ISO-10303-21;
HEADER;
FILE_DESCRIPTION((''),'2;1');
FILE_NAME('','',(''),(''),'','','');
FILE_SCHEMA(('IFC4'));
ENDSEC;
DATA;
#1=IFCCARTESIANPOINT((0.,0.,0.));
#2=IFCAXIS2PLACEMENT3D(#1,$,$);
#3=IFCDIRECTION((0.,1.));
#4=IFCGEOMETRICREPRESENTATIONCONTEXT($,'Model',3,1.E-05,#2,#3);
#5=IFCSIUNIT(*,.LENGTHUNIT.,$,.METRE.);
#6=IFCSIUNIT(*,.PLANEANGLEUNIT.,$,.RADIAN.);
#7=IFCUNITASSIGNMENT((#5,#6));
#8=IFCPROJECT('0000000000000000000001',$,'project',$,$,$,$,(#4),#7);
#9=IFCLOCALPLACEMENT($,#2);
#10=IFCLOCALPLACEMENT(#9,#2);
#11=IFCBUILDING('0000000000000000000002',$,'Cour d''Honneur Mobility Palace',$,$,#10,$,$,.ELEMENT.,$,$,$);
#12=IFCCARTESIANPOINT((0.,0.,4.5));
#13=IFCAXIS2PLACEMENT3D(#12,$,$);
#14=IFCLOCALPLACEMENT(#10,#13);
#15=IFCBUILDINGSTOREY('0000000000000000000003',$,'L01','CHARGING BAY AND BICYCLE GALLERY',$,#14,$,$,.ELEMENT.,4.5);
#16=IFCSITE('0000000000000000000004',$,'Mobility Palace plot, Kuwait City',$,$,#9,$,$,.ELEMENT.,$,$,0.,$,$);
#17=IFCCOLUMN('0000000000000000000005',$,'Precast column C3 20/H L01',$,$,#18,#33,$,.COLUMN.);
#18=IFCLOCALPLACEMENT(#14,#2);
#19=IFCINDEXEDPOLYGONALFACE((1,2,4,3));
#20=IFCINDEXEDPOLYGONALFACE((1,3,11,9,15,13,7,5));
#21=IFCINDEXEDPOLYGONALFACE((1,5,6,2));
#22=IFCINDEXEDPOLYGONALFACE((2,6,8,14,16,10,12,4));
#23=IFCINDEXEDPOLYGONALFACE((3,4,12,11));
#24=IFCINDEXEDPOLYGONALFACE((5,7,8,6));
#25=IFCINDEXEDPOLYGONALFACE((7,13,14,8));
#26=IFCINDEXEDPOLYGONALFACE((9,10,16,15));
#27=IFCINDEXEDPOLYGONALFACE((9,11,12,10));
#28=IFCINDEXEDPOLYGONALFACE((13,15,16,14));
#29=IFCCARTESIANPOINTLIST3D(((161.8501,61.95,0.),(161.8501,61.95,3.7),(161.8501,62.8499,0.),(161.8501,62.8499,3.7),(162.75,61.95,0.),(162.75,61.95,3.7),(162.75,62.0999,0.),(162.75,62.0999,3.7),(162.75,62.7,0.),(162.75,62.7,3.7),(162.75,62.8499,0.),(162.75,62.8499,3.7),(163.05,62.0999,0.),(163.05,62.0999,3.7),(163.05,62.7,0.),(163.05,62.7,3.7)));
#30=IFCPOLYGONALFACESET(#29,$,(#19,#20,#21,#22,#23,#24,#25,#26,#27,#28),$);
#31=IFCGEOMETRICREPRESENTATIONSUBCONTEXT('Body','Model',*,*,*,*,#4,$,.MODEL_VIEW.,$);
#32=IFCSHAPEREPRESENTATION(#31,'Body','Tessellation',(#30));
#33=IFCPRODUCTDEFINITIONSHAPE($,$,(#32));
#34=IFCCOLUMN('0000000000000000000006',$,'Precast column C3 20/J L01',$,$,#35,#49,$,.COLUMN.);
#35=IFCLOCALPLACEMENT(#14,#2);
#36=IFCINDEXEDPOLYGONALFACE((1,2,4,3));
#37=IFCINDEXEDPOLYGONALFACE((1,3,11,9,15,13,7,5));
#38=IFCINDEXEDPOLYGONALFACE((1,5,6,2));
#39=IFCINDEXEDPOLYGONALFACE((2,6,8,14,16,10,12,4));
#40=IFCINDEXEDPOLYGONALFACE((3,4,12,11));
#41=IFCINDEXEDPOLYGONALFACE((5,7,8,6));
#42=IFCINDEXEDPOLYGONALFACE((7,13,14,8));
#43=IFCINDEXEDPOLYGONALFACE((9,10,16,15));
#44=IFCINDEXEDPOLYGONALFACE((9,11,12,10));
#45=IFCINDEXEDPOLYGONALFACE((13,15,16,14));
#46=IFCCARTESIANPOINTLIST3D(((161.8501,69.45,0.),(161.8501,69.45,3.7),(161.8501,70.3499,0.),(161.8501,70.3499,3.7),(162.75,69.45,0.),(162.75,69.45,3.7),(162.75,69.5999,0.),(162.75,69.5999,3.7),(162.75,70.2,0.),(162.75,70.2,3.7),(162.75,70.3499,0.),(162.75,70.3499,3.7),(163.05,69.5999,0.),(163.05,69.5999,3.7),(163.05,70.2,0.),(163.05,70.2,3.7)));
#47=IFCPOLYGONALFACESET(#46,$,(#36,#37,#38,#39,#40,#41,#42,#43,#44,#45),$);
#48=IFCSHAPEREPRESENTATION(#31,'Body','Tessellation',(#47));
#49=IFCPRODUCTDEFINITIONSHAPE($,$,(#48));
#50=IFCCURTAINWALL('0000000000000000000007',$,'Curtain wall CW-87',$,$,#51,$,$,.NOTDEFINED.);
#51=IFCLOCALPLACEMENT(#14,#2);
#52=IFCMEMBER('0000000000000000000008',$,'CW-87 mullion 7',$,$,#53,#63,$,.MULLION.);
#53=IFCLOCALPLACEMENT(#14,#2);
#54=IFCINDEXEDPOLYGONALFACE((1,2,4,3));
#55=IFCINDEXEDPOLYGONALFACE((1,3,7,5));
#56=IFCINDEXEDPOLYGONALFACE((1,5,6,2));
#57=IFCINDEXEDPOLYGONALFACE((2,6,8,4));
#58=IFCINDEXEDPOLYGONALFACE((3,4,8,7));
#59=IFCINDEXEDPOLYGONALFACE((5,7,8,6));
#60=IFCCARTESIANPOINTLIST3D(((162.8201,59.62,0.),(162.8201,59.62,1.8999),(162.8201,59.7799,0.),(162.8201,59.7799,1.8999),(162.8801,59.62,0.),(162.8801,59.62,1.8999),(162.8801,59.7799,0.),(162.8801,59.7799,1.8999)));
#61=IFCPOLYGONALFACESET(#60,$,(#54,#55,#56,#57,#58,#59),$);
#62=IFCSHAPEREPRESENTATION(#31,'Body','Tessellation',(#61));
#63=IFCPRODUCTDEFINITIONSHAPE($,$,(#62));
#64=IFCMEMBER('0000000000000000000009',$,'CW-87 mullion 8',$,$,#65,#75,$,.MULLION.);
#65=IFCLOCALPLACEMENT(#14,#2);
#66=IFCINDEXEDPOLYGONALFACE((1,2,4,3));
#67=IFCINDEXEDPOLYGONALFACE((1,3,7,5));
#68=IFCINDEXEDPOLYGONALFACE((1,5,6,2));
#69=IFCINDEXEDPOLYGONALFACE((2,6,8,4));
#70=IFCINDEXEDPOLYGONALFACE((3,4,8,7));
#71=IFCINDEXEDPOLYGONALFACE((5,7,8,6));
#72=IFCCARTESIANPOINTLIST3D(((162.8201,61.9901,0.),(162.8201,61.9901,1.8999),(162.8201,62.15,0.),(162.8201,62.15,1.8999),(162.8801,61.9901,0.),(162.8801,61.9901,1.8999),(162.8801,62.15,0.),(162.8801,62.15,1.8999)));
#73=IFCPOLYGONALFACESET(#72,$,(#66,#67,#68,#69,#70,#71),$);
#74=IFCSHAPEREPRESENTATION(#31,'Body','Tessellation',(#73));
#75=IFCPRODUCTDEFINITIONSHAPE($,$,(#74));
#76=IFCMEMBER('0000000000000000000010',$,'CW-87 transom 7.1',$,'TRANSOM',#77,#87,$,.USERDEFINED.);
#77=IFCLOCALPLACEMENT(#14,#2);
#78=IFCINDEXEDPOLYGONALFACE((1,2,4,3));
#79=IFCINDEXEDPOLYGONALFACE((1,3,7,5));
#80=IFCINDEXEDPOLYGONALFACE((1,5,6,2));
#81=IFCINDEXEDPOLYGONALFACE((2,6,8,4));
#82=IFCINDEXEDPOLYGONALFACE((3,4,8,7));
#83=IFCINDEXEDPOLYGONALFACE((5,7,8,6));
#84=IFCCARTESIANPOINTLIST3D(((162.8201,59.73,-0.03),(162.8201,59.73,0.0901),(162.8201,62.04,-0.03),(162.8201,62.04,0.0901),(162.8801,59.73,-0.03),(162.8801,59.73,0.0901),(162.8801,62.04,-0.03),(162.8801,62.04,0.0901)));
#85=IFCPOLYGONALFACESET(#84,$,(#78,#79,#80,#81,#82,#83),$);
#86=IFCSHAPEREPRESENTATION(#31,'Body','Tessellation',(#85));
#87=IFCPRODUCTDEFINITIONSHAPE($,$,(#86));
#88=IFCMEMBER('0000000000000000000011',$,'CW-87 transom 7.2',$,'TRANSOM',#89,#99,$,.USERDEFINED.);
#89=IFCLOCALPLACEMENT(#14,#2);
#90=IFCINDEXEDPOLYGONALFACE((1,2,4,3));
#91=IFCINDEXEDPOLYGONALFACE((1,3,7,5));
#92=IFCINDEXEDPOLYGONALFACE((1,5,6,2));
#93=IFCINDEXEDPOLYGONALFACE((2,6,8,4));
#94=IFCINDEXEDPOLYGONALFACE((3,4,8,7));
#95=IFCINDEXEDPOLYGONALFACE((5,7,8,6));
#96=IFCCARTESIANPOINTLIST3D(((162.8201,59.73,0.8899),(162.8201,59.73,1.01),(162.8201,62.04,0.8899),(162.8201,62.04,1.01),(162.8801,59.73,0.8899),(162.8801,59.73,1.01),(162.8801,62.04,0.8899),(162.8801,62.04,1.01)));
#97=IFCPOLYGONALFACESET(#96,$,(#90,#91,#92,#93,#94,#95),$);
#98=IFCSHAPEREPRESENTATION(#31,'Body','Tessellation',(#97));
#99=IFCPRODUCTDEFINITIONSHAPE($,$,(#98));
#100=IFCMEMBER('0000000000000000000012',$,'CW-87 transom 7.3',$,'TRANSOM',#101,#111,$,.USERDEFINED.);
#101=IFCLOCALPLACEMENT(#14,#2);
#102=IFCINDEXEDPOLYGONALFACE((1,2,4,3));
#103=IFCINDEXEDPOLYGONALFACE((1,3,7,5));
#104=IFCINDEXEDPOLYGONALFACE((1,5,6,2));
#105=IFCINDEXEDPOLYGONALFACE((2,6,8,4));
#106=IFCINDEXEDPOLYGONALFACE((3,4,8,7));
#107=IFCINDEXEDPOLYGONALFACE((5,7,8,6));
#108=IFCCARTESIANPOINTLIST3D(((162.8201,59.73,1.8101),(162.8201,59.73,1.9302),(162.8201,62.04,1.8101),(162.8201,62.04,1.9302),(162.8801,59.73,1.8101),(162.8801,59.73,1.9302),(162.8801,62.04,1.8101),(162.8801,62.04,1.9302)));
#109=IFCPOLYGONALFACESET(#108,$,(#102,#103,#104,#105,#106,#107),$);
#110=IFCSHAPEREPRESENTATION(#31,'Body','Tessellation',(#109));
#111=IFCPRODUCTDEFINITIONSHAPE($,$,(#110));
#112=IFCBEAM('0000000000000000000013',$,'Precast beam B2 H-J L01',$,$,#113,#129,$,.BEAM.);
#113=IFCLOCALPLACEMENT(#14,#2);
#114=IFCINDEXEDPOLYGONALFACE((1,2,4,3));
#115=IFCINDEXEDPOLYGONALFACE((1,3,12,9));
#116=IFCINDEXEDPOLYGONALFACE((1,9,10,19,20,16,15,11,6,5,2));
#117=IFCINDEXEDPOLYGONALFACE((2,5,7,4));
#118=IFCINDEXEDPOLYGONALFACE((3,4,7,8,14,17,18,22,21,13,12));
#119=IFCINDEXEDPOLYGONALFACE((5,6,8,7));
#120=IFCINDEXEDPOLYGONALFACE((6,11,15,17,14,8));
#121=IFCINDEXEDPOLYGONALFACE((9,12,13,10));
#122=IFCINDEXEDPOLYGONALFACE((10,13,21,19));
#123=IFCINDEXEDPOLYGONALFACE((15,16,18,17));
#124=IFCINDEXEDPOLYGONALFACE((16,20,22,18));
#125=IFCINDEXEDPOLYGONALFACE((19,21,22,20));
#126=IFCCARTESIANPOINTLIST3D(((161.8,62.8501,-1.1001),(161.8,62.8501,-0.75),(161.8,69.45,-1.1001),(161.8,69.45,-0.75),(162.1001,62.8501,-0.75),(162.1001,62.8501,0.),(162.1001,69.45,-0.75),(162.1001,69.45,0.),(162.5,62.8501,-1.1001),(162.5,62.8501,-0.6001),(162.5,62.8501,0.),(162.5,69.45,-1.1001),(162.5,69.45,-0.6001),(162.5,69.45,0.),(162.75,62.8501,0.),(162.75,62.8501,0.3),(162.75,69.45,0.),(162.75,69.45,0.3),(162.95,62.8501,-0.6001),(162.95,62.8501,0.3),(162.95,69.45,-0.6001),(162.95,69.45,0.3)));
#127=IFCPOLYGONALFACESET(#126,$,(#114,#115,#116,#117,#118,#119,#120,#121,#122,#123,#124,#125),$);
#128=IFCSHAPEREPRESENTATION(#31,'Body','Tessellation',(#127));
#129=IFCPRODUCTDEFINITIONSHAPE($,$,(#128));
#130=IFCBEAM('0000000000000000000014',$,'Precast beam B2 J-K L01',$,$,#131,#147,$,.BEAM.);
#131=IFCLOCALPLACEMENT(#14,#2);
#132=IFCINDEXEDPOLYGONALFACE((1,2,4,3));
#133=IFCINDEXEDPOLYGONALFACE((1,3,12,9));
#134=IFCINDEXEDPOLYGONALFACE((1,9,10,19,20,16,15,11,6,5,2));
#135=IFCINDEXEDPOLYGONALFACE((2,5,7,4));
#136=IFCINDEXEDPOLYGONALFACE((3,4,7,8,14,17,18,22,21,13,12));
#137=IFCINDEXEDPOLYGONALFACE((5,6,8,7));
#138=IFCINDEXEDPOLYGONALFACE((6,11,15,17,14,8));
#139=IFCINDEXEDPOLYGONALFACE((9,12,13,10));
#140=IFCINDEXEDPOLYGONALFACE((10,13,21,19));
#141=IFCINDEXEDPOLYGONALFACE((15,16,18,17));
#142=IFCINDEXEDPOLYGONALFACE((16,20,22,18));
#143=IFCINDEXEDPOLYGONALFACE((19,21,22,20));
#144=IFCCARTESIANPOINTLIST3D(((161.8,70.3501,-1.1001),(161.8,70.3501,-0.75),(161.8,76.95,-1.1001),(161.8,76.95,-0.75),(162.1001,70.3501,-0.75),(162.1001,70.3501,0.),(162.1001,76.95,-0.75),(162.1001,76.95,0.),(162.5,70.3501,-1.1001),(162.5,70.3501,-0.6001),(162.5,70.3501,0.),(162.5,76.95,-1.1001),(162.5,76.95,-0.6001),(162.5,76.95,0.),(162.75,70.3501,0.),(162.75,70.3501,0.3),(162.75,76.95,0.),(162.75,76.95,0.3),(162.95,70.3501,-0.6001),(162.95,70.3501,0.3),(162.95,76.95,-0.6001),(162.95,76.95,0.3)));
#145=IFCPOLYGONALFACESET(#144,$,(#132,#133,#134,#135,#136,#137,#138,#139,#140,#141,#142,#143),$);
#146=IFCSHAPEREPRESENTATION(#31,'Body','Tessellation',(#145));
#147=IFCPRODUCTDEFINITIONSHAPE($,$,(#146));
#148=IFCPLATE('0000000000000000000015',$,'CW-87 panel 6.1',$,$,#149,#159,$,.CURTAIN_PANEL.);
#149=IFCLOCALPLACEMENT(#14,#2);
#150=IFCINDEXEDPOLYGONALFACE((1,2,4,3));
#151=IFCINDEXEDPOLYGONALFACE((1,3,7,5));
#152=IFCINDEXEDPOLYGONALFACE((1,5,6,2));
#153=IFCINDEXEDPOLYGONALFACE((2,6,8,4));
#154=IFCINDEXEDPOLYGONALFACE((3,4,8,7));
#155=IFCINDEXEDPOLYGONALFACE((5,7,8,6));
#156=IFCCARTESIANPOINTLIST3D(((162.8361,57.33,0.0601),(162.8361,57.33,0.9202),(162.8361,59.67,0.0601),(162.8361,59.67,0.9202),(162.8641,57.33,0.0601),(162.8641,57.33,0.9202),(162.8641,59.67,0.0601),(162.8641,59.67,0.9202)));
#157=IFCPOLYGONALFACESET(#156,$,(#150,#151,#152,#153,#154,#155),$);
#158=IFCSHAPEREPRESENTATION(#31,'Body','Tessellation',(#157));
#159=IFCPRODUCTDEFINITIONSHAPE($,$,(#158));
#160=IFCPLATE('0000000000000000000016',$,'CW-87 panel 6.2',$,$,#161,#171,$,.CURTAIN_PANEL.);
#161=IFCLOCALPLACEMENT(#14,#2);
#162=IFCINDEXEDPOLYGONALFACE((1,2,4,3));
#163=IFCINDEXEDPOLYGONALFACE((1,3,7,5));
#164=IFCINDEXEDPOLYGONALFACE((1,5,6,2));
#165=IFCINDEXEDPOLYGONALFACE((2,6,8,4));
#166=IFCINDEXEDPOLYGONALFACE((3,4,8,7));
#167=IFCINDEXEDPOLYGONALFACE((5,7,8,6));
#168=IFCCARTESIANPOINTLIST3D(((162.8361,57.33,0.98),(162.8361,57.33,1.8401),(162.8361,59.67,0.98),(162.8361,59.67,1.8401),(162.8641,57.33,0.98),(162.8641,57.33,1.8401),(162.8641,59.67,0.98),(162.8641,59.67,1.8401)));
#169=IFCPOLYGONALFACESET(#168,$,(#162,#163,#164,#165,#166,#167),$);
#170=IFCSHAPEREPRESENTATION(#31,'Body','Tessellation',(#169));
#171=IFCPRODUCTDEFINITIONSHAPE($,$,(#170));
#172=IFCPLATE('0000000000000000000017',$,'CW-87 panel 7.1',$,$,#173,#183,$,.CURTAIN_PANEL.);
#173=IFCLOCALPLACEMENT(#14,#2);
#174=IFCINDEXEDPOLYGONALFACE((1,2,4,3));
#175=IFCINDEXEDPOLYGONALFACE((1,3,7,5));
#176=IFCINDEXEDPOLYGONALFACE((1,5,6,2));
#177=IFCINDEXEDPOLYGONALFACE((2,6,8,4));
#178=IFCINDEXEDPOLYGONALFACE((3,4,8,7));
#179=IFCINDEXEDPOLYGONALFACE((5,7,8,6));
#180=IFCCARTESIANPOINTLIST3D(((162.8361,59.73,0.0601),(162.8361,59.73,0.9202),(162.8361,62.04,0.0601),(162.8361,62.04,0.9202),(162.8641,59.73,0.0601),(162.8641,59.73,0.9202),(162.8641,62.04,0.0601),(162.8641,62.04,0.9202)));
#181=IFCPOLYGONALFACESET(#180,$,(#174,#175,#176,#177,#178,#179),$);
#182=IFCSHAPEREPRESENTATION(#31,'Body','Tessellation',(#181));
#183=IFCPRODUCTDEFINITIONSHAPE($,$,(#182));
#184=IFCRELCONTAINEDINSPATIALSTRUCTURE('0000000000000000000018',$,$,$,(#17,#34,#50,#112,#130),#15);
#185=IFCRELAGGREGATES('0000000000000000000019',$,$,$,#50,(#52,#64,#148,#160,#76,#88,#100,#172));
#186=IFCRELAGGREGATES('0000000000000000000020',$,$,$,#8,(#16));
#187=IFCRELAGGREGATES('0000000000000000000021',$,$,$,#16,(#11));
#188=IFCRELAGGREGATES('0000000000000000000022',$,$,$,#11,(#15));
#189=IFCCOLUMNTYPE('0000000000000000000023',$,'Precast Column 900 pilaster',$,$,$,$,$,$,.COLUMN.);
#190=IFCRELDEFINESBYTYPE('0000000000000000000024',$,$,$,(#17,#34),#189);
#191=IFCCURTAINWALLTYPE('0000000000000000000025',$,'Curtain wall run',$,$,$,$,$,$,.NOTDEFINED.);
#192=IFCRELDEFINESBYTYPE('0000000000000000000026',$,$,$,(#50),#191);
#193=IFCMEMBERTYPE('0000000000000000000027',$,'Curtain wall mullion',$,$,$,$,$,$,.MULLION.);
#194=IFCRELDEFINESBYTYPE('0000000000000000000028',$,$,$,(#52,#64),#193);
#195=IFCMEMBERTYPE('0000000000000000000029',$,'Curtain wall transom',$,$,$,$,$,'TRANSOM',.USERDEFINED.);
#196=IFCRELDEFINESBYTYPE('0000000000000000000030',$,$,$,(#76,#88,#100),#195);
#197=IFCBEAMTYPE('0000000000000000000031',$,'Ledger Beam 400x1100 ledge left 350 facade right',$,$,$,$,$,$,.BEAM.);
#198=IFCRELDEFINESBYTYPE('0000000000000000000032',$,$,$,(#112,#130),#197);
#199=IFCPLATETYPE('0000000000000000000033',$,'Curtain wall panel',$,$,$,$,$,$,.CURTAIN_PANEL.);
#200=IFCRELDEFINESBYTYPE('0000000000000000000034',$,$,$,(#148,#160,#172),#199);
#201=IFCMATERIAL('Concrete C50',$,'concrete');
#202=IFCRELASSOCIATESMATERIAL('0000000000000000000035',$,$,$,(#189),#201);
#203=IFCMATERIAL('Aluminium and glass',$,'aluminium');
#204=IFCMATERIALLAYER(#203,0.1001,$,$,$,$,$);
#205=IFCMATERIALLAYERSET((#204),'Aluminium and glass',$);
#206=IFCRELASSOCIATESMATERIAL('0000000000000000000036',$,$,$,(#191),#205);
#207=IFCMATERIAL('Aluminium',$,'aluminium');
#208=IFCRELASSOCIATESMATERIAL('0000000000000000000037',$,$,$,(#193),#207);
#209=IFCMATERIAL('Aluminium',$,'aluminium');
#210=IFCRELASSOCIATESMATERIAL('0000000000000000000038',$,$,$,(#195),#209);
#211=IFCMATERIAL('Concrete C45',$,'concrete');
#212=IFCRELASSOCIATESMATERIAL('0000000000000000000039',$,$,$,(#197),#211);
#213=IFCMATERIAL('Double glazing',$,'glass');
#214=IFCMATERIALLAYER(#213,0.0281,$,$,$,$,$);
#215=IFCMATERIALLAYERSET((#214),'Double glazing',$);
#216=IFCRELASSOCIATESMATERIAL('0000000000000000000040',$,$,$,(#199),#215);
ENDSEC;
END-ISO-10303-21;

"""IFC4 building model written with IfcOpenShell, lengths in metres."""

from ifc_helpers import new_model, si_unit, direction, frame, origin, origin_2d, place, context, subcontext, project, spatial, polyline, rectangle, outline, extrude, material, layer, layer_set, material_profile, profile_set, type_object, element, aggregate, save


model = new_model("IFC4")

# Units and contexts
model_context = context("Model", 3, precision=1e-05, world=origin(), true_north=direction((0.0, 1.0)))
body_context = subcontext(model_context, "Body", "Model", "MODEL_VIEW")
ifc_project = project(units=[si_unit("LENGTHUNIT", "METRE"), si_unit("PLANEANGLEUNIT", "RADIAN")], contexts=[model_context])

# Site, building, storey
site_placement = place(None, origin())
site = spatial("IfcSite", under=ifc_project, at=site_placement, Name="Mobility Palace plot, Kuwait City", CompositionType="ELEMENT", RefElevation=0.0)
building_placement = place(site_placement, origin())
building = spatial("IfcBuilding", under=site, at=building_placement, Name="Cour d'Honneur Mobility Palace", CompositionType="ELEMENT")
storey_placement = place(building_placement, frame((0.0, 0.0, 4.5)))
storey = spatial("IfcBuildingStorey", under=building, at=storey_placement, Name="L01", Description="CHARGING BAY AND BICYCLE GALLERY", CompositionType="ELEMENT", Elevation=4.5)

# Columns
ifc_material_1 = material(Name="Concrete C50", Category="concrete")
ifc_material_profile_1 = material_profile(ifc_material_1, outline(polyline([(-0.45, -0.45), (0.45, -0.45), (0.45, -0.3), (0.75, -0.3), (0.75, 0.3), (0.45, 0.3), (0.45, 0.45), (-0.45, 0.45), (-0.45, -0.45)])), Name="PC C900 pilaster")
ifc_profile_set_1 = profile_set([ifc_material_profile_1], Name="Concrete C50")
column_type = type_object("IfcColumnType", Name="Precast Column 900 pilaster", PredefinedType="COLUMN", material=ifc_profile_set_1)
for number, where, z_axis, x_axis, name in (
    (1, (162.3, 62.3999, 0.0), (0.0, 0.0, 1.0), (1.0, 0.0, 0.0), "Precast column C3 20/H L01"),
    (2, (162.3, 69.8999, 0.0), (0.0, 0.0, 1.0), (1.0, 0.0, 0.0), "Precast column C3 20/J L01"),
):
    element("IfcColumn", number, at=place(storey_placement, frame(where, z_axis=z_axis, x_axis=x_axis)), inside=storey, type_object=column_type, Name=name, PredefinedType="COLUMN", context=body_context, shape_type="SweptSolid", body=[
        extrude(outline(polyline([(-0.45, -0.45), (0.45, -0.45), (0.45, -0.3), (0.75, -0.3), (0.75, 0.3), (0.45, 0.3), (0.45, 0.45), (-0.45, 0.45), (-0.45, -0.45)])), origin(), (0.0, 0.0, 1.0), 3.7),
    ])

# Curtain wall, members
ifc_material_2 = material(Name="Aluminium and glass", Category="aluminium")
ifc_layer_1 = layer(ifc_material_2, 0.1001)
ifc_layer_set_1 = layer_set([ifc_layer_1], Name="Aluminium and glass")
curtain_wall_type = type_object("IfcCurtainWallType", Name="Curtain wall run", PredefinedType="NOTDEFINED", material=ifc_layer_set_1)
curtain_wall_placement = place(storey_placement, origin())
curtain_wall = element("IfcCurtainWall", 3, at=curtain_wall_placement, inside=storey, type_object=curtain_wall_type, Name="Curtain wall CW-87", PredefinedType="NOTDEFINED")
ifc_material_3 = material(Name="Aluminium", Category="aluminium")
ifc_material_profile_2 = material_profile(ifc_material_3, rectangle(XDim=0.0601, YDim=0.1599, at=origin_2d()), Name="Curtain wall mullion")
ifc_profile_set_2 = profile_set([ifc_material_profile_2], Name="Aluminium")
member_type_1 = type_object("IfcMemberType", Name="Curtain wall mullion", PredefinedType="MULLION", material=ifc_profile_set_2)
member_1_placement = place(storey_placement, frame((162.8501, 59.7, 0.0), z_axis=(0.0, 0.0, 1.0), x_axis=(-1.0, 0.0, 0.0)))
member_1 = element("IfcMember", 4, at=member_1_placement, type_object=member_type_1, Name="CW-87 mullion 7", PredefinedType="MULLION", context=body_context, shape_type="SweptSolid", body=[
    extrude(rectangle(XDim=0.0601, YDim=0.1599, at=origin_2d()), origin(), (0.0, 0.0, 1.0), 1.8999),
])
member_2_placement = place(storey_placement, frame((162.8501, 62.0701, 0.0), z_axis=(0.0, 0.0, 1.0), x_axis=(-1.0, 0.0, 0.0)))
member_2 = element("IfcMember", 5, at=member_2_placement, type_object=member_type_1, Name="CW-87 mullion 8", PredefinedType="MULLION", context=body_context, shape_type="SweptSolid", body=[
    extrude(rectangle(XDim=0.0601, YDim=0.1599, at=origin_2d()), origin(), (0.0, 0.0, 1.0), 1.8999),
])
ifc_material_4 = material(Name="Aluminium", Category="aluminium")
ifc_material_profile_3 = material_profile(ifc_material_4, rectangle(XDim=0.0601, YDim=0.1201, at=origin_2d()), Name="Curtain wall transom")
ifc_profile_set_3 = profile_set([ifc_material_profile_3], Name="Aluminium")
member_type_2 = type_object("IfcMemberType", Name="Curtain wall transom", ElementType="TRANSOM", PredefinedType="USERDEFINED", material=ifc_profile_set_3)
member_3_placement = place(storey_placement, frame((162.8501, 59.73, 0.03), z_axis=(0.0, 1.0, 0.0), x_axis=(-1.0, 0.0, 0.0)))
member_3 = element("IfcMember", 6, at=member_3_placement, type_object=member_type_2, Name="CW-87 transom 7.1", ObjectType="TRANSOM", PredefinedType="USERDEFINED", context=body_context, shape_type="SweptSolid", body=[
    extrude(rectangle(XDim=0.0601, YDim=0.1201, at=origin_2d()), origin(), (0.0, 0.0, 1.0), 2.3101),
])
member_4_placement = place(storey_placement, frame((162.8501, 59.73, 0.95), z_axis=(0.0, 1.0, 0.0), x_axis=(-1.0, 0.0, 0.0)))
member_4 = element("IfcMember", 7, at=member_4_placement, type_object=member_type_2, Name="CW-87 transom 7.2", ObjectType="TRANSOM", PredefinedType="USERDEFINED", context=body_context, shape_type="SweptSolid", body=[
    extrude(rectangle(XDim=0.0601, YDim=0.1201, at=origin_2d()), origin(), (0.0, 0.0, 1.0), 2.3101),
])
member_5_placement = place(storey_placement, frame((162.8501, 59.73, 1.8701), z_axis=(0.0, 1.0, 0.0), x_axis=(-1.0, 0.0, 0.0)))
member_5 = element("IfcMember", 8, at=member_5_placement, type_object=member_type_2, Name="CW-87 transom 7.3", ObjectType="TRANSOM", PredefinedType="USERDEFINED", context=body_context, shape_type="SweptSolid", body=[
    extrude(rectangle(XDim=0.0601, YDim=0.1201, at=origin_2d()), origin(), (0.0, 0.0, 1.0), 2.3101),
])

# Beams
ifc_material_5 = material(Name="Concrete C45", Category="concrete")
ifc_material_profile_4 = material_profile(ifc_material_5, outline(polyline([(0.5, -1.1001), (0.5, -0.75), (0.2, -0.75), (0.2, 0.0), (-0.2, 0.0), (-0.45, 0.0), (-0.45, 0.3), (-0.6499, 0.3), (-0.6499, -0.6001), (-0.2, -0.6001), (-0.2, -1.1001), (0.5, -1.1001)])), Name="Ledger Beam 400x1100 ledge left 350 facade right")
ifc_profile_set_4 = profile_set([ifc_material_profile_4], Name="Concrete C45")
beam_type = type_object("IfcBeamType", Name="Ledger Beam 400x1100 ledge left 350 facade right", PredefinedType="BEAM", material=ifc_profile_set_4)
for number, where, z_axis, x_axis, name in (
    (9, (162.3, 62.8501, 0.0), (0.0, 1.0, 0.0), (-1.0, 0.0, 0.0), "Precast beam B2 H-J L01"),
    (10, (162.3, 70.3501, 0.0), (0.0, 1.0, 0.0), (-1.0, 0.0, 0.0), "Precast beam B2 J-K L01"),
):
    element("IfcBeam", number, at=place(storey_placement, frame(where, z_axis=z_axis, x_axis=x_axis)), inside=storey, type_object=beam_type, Name=name, PredefinedType="BEAM", context=body_context, shape_type="SweptSolid", body=[
        extrude(outline(polyline([(0.5, -1.1001), (0.5, -0.75), (0.2, -0.75), (0.2, 0.0), (-0.2, 0.0), (-0.45, 0.0), (-0.45, 0.3), (-0.6499, 0.3), (-0.6499, -0.6001), (-0.2, -0.6001), (-0.2, -1.1001), (0.5, -1.1001)])), origin(), (0.0, 0.0, 1.0), 6.5999),
    ])

# Plates
ifc_material_6 = material(Name="Double glazing", Category="glass")
ifc_layer_2 = layer(ifc_material_6, 0.0281)
ifc_layer_set_2 = layer_set([ifc_layer_2], Name="Double glazing")
plate_type = type_object("IfcPlateType", Name="Curtain wall panel", PredefinedType="CURTAIN_PANEL", material=ifc_layer_set_2)
plate_1_placement = place(storey_placement, frame((162.8501, 58.5, 0.0601), z_axis=(0.0, 0.0, 1.0), x_axis=(0.0, 1.0, 0.0)))
plate_1 = element("IfcPlate", 11, at=plate_1_placement, type_object=plate_type, Name="CW-87 panel 6.1", PredefinedType="CURTAIN_PANEL", context=body_context, shape_type="SweptSolid", body=[
    extrude(rectangle(XDim=2.3401, YDim=0.0281, at=origin_2d()), origin(), (0.0, 0.0, 1.0), 0.8601),
])
plate_2_placement = place(storey_placement, frame((162.8501, 58.5, 0.98), z_axis=(0.0, 0.0, 1.0), x_axis=(0.0, 1.0, 0.0)))
plate_2 = element("IfcPlate", 12, at=plate_2_placement, type_object=plate_type, Name="CW-87 panel 6.2", PredefinedType="CURTAIN_PANEL", context=body_context, shape_type="SweptSolid", body=[
    extrude(rectangle(XDim=2.3401, YDim=0.0281, at=origin_2d()), origin(), (0.0, 0.0, 1.0), 0.8601),
])
plate_3_placement = place(storey_placement, frame((162.8501, 60.885, 0.0601), z_axis=(0.0, 0.0, 1.0), x_axis=(0.0, 1.0, 0.0)))
plate_3 = element("IfcPlate", 13, at=plate_3_placement, type_object=plate_type, Name="CW-87 panel 7.1", PredefinedType="CURTAIN_PANEL", context=body_context, shape_type="SweptSolid", body=[
    extrude(rectangle(XDim=2.3101, YDim=0.0281, at=origin_2d()), origin(), (0.0, 0.0, 1.0), 0.8601),
])
aggregate(curtain_wall, [member_1, member_2, plate_1, plate_2, member_3, member_4, member_5, plate_3])

save(model, "model.ifc")
